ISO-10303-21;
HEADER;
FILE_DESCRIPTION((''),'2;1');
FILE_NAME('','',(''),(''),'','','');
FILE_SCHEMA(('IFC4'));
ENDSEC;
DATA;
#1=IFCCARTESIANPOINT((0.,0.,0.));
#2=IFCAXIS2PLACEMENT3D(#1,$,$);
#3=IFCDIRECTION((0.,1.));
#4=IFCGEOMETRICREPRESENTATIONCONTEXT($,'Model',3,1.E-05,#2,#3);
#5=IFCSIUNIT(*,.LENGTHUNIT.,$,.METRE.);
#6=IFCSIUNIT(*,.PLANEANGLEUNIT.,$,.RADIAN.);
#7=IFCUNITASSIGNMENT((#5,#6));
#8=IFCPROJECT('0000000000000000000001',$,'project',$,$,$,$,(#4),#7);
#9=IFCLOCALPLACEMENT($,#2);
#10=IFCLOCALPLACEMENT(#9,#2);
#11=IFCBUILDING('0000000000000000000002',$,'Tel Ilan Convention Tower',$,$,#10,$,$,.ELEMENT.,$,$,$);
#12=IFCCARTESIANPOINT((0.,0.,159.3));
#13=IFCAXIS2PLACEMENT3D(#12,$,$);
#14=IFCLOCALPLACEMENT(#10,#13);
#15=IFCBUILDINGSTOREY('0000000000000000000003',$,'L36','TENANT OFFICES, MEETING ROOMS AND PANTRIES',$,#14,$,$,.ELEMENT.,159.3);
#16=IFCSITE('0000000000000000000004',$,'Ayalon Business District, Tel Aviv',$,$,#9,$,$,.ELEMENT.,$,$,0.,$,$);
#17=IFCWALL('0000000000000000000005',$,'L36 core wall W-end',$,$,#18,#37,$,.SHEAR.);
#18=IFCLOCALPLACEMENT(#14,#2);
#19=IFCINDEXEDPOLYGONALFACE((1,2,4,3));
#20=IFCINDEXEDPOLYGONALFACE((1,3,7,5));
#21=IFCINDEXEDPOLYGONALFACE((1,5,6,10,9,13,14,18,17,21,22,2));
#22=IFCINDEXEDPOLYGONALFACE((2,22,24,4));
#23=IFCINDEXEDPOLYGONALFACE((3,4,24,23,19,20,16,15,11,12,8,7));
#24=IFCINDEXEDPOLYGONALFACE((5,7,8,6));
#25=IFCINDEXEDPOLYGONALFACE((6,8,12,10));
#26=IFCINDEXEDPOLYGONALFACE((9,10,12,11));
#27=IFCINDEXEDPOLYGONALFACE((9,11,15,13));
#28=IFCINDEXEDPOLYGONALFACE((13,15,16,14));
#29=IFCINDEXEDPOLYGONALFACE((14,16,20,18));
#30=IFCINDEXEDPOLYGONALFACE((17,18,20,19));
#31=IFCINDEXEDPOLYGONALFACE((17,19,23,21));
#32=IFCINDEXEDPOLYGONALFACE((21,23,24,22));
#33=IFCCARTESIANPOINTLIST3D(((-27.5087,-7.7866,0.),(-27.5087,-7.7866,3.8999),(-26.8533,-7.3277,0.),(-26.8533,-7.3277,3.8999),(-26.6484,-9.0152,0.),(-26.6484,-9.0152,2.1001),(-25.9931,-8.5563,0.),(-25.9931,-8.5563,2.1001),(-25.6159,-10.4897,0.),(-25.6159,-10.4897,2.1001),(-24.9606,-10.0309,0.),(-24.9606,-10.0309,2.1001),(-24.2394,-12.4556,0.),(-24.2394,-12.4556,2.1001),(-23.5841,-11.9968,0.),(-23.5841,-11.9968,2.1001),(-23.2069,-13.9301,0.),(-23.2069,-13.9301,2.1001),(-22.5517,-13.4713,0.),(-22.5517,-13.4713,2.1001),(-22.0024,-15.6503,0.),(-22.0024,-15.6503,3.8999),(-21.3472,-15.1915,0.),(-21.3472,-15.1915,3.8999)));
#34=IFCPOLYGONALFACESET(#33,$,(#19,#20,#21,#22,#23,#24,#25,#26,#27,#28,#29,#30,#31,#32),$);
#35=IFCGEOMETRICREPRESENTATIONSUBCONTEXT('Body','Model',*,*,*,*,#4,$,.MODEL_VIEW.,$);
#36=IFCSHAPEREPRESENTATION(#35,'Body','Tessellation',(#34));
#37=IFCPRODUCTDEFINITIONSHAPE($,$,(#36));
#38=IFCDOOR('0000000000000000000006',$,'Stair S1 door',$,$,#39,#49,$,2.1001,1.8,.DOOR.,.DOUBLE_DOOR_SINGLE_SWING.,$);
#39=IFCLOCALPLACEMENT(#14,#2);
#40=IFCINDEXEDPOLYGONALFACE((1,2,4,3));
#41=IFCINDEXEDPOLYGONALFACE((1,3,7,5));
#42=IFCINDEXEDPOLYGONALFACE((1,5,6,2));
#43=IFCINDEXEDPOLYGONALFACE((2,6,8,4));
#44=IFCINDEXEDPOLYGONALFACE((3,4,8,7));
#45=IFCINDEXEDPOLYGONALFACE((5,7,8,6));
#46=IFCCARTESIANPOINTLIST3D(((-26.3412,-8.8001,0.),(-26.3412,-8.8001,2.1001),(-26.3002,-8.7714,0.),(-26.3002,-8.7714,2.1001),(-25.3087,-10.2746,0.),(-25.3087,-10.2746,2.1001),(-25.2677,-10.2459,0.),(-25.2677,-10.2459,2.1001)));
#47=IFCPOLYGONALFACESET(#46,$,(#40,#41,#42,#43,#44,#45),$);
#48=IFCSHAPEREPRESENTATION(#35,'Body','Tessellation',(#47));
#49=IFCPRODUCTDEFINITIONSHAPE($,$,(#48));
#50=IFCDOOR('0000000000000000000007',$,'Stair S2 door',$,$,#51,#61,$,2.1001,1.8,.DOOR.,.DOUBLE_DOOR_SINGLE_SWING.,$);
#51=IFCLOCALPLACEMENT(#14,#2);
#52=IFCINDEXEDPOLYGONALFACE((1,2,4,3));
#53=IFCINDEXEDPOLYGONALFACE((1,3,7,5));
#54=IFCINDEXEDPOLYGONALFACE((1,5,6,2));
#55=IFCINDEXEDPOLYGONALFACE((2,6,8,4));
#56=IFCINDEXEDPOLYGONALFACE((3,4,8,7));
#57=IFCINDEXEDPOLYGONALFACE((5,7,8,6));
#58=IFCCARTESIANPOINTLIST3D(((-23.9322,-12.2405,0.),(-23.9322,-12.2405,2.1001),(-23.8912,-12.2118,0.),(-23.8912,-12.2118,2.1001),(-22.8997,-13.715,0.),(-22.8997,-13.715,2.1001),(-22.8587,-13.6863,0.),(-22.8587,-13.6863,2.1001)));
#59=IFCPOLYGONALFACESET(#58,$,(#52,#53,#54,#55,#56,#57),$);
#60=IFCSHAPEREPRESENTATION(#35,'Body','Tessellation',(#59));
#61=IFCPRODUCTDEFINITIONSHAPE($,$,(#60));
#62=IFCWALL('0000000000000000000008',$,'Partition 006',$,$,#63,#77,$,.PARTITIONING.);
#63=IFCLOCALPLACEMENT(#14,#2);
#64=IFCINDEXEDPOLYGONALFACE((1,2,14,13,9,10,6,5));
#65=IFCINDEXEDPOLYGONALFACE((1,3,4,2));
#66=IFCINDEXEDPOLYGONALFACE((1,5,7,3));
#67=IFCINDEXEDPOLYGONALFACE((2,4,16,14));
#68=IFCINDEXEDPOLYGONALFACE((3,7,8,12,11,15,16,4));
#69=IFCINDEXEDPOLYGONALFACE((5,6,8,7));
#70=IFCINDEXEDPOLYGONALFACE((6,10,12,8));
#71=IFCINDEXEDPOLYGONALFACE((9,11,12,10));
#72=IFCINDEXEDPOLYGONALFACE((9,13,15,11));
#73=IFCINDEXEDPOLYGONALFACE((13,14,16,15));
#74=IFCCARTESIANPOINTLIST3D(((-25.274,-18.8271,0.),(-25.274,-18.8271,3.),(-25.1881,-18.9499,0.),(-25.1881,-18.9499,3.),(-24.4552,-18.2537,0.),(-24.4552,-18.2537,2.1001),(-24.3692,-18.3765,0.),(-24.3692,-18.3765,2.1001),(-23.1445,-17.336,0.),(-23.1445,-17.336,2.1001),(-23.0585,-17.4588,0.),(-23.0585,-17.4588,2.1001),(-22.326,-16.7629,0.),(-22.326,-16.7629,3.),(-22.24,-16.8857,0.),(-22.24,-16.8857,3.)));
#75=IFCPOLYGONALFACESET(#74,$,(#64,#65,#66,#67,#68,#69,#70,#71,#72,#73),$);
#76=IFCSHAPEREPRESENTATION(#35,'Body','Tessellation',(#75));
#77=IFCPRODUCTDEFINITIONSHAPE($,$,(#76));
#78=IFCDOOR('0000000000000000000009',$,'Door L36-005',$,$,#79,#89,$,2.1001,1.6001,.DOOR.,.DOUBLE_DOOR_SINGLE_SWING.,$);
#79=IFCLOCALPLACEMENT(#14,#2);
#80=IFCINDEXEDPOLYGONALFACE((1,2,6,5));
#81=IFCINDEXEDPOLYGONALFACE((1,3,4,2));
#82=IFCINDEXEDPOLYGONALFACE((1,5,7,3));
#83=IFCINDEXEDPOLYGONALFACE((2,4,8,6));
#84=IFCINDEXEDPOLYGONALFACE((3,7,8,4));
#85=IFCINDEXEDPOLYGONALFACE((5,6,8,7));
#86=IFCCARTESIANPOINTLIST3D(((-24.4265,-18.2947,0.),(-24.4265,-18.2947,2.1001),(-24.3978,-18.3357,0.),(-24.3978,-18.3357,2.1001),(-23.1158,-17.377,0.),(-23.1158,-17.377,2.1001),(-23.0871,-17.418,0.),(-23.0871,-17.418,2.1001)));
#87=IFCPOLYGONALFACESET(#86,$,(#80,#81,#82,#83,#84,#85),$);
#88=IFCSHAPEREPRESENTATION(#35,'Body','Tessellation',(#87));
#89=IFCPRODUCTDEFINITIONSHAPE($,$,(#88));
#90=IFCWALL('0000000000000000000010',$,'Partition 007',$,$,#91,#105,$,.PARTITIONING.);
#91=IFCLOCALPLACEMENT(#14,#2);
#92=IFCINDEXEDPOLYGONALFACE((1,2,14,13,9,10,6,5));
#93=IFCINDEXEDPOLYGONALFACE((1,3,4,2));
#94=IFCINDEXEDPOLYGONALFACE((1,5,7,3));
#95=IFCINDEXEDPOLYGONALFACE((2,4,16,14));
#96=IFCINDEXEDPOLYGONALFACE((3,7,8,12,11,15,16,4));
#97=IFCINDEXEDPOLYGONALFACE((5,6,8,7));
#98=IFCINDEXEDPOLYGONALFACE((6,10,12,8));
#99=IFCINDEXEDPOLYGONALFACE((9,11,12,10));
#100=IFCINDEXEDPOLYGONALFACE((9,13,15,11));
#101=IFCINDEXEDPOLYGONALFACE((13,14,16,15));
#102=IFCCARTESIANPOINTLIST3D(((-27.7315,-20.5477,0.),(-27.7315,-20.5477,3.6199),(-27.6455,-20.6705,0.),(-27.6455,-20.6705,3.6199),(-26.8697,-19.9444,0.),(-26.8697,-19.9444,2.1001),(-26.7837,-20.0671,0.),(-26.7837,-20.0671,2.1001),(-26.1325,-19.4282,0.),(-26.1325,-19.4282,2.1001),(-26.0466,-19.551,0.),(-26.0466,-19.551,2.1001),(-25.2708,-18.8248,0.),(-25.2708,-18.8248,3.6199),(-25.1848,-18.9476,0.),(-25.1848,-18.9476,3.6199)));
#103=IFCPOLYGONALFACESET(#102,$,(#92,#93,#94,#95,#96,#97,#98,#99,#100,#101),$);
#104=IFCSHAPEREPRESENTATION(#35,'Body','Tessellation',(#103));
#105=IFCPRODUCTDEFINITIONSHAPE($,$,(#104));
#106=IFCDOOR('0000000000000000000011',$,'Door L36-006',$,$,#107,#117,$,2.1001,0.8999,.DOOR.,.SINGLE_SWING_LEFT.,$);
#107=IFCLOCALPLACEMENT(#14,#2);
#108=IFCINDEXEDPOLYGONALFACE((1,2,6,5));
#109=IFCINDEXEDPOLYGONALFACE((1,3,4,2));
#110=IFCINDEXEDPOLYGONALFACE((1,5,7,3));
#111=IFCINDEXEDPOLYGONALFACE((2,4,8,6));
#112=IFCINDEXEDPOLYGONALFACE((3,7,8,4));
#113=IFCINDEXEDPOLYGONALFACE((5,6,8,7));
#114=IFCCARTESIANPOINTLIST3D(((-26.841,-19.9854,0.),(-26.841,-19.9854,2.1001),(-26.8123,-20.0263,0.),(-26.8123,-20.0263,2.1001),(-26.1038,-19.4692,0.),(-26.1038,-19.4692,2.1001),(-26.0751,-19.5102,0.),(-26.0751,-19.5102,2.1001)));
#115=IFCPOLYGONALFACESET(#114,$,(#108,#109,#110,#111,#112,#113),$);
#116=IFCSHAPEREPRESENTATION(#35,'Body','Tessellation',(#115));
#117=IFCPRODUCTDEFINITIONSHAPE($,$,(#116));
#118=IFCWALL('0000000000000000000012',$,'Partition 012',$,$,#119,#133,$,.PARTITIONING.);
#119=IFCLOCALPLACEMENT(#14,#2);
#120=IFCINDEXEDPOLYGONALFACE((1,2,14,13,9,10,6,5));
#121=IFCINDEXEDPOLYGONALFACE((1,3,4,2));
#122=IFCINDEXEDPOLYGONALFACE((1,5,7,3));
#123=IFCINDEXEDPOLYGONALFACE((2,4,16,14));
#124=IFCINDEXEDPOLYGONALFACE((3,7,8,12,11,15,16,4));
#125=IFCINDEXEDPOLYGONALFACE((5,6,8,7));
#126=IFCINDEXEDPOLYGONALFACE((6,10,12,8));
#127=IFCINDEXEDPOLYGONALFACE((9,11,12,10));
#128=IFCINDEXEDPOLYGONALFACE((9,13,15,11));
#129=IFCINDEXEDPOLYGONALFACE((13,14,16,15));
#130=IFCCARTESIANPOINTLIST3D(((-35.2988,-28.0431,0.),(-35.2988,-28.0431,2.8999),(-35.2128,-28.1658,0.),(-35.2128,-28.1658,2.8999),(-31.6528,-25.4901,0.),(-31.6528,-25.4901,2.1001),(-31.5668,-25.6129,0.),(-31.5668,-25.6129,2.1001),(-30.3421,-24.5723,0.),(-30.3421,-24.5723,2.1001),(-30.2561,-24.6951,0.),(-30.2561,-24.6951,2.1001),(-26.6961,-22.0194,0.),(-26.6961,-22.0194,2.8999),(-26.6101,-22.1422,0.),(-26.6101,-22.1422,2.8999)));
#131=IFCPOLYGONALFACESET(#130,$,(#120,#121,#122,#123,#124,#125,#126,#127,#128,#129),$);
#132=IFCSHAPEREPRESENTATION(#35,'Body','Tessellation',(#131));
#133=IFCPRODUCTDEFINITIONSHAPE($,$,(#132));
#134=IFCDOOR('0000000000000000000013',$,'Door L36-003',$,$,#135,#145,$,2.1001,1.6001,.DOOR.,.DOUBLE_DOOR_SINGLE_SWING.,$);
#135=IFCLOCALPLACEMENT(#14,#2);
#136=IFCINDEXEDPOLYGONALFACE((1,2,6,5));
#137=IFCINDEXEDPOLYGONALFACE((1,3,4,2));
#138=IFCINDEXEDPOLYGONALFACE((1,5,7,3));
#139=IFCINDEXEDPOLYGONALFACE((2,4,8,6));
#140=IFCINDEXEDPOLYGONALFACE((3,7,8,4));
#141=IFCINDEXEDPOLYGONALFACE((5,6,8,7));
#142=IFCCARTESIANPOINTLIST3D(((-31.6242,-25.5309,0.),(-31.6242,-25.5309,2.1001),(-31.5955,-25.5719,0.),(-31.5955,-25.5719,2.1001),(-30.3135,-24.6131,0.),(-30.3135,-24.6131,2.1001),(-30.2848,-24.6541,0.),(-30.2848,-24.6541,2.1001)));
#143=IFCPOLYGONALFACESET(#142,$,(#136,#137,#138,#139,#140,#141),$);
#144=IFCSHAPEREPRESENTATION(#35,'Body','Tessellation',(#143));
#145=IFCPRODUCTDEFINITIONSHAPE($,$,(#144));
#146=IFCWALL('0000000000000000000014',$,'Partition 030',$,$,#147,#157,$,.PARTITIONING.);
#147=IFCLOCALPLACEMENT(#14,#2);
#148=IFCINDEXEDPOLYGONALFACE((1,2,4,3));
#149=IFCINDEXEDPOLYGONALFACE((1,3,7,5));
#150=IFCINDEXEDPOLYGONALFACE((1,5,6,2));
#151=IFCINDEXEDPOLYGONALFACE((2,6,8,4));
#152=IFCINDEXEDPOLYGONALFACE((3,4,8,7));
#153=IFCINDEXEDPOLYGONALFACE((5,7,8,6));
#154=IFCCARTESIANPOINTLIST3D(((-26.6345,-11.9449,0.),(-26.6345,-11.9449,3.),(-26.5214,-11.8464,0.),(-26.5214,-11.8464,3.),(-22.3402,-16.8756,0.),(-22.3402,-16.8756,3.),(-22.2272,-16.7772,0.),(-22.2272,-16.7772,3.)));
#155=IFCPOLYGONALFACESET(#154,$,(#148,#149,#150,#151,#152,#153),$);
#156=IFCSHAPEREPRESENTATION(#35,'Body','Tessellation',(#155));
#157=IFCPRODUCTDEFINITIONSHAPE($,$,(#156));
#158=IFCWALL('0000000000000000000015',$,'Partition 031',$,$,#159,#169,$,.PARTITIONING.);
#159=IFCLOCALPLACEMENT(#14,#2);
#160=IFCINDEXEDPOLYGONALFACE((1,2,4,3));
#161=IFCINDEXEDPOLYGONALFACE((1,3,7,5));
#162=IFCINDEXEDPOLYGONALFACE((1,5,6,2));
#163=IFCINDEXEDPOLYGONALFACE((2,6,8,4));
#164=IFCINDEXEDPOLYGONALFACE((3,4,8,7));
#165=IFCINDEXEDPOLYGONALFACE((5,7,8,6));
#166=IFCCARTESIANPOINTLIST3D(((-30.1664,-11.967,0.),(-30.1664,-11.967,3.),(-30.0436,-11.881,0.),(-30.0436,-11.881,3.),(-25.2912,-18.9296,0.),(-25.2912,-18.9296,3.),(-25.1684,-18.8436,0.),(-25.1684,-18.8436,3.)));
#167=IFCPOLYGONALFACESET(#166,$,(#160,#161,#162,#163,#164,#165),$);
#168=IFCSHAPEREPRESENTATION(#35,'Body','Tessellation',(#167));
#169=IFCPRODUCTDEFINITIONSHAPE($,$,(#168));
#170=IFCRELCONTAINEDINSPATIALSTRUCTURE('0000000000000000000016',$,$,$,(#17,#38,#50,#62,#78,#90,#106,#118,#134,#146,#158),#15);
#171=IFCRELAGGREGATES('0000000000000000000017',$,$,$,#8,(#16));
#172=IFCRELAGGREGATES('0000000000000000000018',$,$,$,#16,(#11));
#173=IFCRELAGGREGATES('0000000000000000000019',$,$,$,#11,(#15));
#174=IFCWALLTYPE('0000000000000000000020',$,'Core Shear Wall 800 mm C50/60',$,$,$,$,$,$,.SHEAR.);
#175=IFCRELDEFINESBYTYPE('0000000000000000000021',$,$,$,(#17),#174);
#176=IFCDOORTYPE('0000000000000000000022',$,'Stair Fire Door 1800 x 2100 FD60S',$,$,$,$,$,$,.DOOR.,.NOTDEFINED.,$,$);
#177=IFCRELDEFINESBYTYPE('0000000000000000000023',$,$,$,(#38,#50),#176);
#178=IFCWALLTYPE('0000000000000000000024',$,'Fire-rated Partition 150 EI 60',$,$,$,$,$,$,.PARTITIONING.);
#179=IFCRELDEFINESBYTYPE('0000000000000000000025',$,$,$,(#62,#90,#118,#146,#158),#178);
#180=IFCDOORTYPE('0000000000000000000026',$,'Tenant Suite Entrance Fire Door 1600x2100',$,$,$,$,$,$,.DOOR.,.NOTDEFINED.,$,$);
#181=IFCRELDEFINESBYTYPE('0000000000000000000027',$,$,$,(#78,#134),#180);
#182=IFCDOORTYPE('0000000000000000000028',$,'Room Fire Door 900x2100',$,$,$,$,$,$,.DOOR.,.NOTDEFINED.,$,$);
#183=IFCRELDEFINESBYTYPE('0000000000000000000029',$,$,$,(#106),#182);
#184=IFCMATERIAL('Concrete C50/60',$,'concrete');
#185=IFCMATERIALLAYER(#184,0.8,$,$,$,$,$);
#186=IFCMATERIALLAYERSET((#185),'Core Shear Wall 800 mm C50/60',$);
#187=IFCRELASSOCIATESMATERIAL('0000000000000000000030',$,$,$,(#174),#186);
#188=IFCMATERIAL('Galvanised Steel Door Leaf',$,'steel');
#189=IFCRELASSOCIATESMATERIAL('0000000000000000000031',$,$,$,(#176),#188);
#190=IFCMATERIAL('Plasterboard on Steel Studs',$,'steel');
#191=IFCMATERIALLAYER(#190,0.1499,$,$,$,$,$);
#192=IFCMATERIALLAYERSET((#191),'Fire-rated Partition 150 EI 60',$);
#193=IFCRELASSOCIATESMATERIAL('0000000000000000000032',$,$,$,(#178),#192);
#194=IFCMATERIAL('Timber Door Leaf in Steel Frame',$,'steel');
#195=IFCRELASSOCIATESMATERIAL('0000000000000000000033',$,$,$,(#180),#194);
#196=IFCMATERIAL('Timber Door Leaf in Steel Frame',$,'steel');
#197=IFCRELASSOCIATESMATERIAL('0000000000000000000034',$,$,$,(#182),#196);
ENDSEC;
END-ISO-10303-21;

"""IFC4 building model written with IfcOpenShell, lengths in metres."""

from ifc_helpers import new_model, si_unit, direction, frame, frame_2d, origin, place, context, subcontext, project, spatial, polyline, rectangle, outline, extrude, material, layer, layer_set, type_object, element, fill, save


model = new_model("IFC4")

# Units and contexts
model_context = context("Model", 3, precision=1e-05, world=origin(), true_north=direction((0.0, 1.0)))
body_context = subcontext(model_context, "Body", "Model", "MODEL_VIEW")
ifc_project = project(units=[si_unit("LENGTHUNIT", "METRE"), si_unit("PLANEANGLEUNIT", "RADIAN")], contexts=[model_context])

# Site, building, storey
site_placement = place(None, origin())
site = spatial("IfcSite", under=ifc_project, at=site_placement, Name="Ayalon Business District, Tel Aviv", CompositionType="ELEMENT", RefElevation=0.0)
building_placement = place(site_placement, origin())
building = spatial("IfcBuilding", under=site, at=building_placement, Name="Tel Ilan Convention Tower", CompositionType="ELEMENT")
storey_placement = place(building_placement, frame((0.0, 0.0, 159.3)))
storey = spatial("IfcBuildingStorey", under=building, at=storey_placement, Name="L36", Description="TENANT OFFICES, MEETING ROOMS AND PANTRIES", CompositionType="ELEMENT", Elevation=159.3)

# Wall, openings, doors
ifc_material_1 = material(Name="Concrete C50/60", Category="concrete")
ifc_layer_1 = layer(ifc_material_1, 0.8)
ifc_layer_set_1 = layer_set([ifc_layer_1], Name="Core Shear Wall 800 mm C50/60")
wall_type_1 = type_object("IfcWallType", Name="Core Shear Wall 800 mm C50/60", PredefinedType="SHEAR", material=ifc_layer_set_1)
wall_1_placement = place(storey_placement, frame((-21.6748, -15.4209, 0.0), z_axis=(0.0, 0.0, 1.0), x_axis=(-0.573582, 0.819148, 0.0)))
wall_1 = element("IfcWall", 1, at=wall_1_placement, inside=storey, type_object=wall_type_1, Name="L36 core wall W-end", PredefinedType="SHEAR", context=body_context, shape_type="SweptSolid", body=[
    extrude(outline(polyline([(0.0, 0.3999), (0.0, -0.3999), (9.5999, -0.4001), (9.5999, 0.3999), (0.0, 0.3999)])), origin(), (0.0, 0.0, 1.0), 3.8999),
])
opening_1_placement = place(wall_1_placement, frame((6.3, 0.0, 0.0)))
opening_1 = element("IfcOpeningElement", 2, at=opening_1_placement, cuts=wall_1, PredefinedType="OPENING", context=body_context, shape_type="SweptSolid", body=[
    extrude(rectangle(XDim=1.8, YDim=2.1001, at=frame_2d((0.8999, 1.05))), frame((0.0, 0.4099, 0.0), z_axis=(0.0, -1.0, 0.0), x_axis=(1.0, 0.0, 0.0)), (0.0, 0.0, 1.0), 0.8201),
])
opening_2_placement = place(wall_1_placement, frame((2.1001, 0.0, 0.0)))
opening_2 = element("IfcOpeningElement", 3, at=opening_2_placement, cuts=wall_1, PredefinedType="OPENING", context=body_context, shape_type="SweptSolid", body=[
    extrude(rectangle(XDim=1.8, YDim=2.1001, at=frame_2d((0.8999, 1.05))), frame((0.0, 0.4099, 0.0), z_axis=(0.0, -1.0, 0.0), x_axis=(1.0, 0.0, 0.0)), (0.0, 0.0, 1.0), 0.8201),
])
ifc_material_2 = material(Name="Galvanised Steel Door Leaf", Category="steel")
door_type_1 = type_object("IfcDoorType", Name="Stair Fire Door 1800 x 2100 FD60S", OperationType="NOTDEFINED", PredefinedType="DOOR", material=ifc_material_2)
door_1_placement = place(opening_1_placement, origin())
door_1 = element("IfcDoor", 4, at=door_1_placement, inside=storey, type_object=door_type_1, Name="Stair S1 door", OperationType="DOUBLE_DOOR_SINGLE_SWING", OverallHeight=2.1001, OverallWidth=1.8, PredefinedType="DOOR", context=body_context, shape_type="SweptSolid", body=[
    extrude(rectangle(XDim=1.8, YDim=2.1001, at=frame_2d((0.8999, 1.05))), frame((0.0, 0.0249, 0.0), z_axis=(0.0, -1.0, 0.0), x_axis=(1.0, 0.0, 0.0)), (0.0, 0.0, 1.0), 0.05),
])
fill(opening_1, door_1)
door_2_placement = place(opening_2_placement, origin())
door_2 = element("IfcDoor", 5, at=door_2_placement, inside=storey, type_object=door_type_1, Name="Stair S2 door", OperationType="DOUBLE_DOOR_SINGLE_SWING", OverallHeight=2.1001, OverallWidth=1.8, PredefinedType="DOOR", context=body_context, shape_type="SweptSolid", body=[
    extrude(rectangle(XDim=1.8, YDim=2.1001, at=frame_2d((0.8999, 1.05))), frame((0.0, 0.0249, 0.0), z_axis=(0.0, -1.0, 0.0), x_axis=(1.0, 0.0, 0.0)), (0.0, 0.0, 1.0), 0.05),
])
fill(opening_2, door_2)

# Walls, openings, doors
ifc_material_3 = material(Name="Plasterboard on Steel Studs", Category="steel")
ifc_layer_2 = layer(ifc_material_3, 0.1499)
ifc_layer_set_2 = layer_set([ifc_layer_2], Name="Fire-rated Partition 150 EI 60")
wall_type_2 = type_object("IfcWallType", Name="Fire-rated Partition 150 EI 60", PredefinedType="PARTITIONING", material=ifc_layer_set_2)
wall_2_placement = place(storey_placement, frame((-25.231, -18.8884, 0.0), z_axis=(0.0, 0.0, 1.0), x_axis=(0.819152, 0.573576, 0.0)))
wall_2 = element("IfcWall", 6, at=wall_2_placement, inside=storey, type_object=wall_type_2, Name="Partition 006", PredefinedType="PARTITIONING", context=body_context, shape_type="SweptSolid", body=[
    extrude(rectangle(XDim=3.5989, YDim=0.1499, at=frame_2d((1.7993, 0.0))), origin(), (0.0, 0.0, 1.0), 3.0),
])
opening_3_placement = place(wall_2_placement, frame((0.9995, 0.0, 0.0)))
opening_3 = element("IfcOpeningElement", 7, at=opening_3_placement, cuts=wall_2, PredefinedType="OPENING", context=body_context, shape_type="SweptSolid", body=[
    extrude(rectangle(XDim=1.6001, YDim=2.1001, at=frame_2d((0.8, 1.05))), frame((0.0, 0.085, 0.0), z_axis=(0.0, -1.0, 0.0), x_axis=(1.0, 0.0, 0.0)), (0.0, 0.0, 1.0), 0.1699),
])
ifc_material_4 = material(Name="Timber Door Leaf in Steel Frame", Category="steel")
door_type_2 = type_object("IfcDoorType", Name="Tenant Suite Entrance Fire Door 1600x2100", OperationType="NOTDEFINED", PredefinedType="DOOR", material=ifc_material_4)
door_3_placement = place(opening_3_placement, origin())
door_3 = element("IfcDoor", 8, at=door_3_placement, inside=storey, type_object=door_type_2, Name="Door L36-005", OperationType="DOUBLE_DOOR_SINGLE_SWING", OverallHeight=2.1001, OverallWidth=1.6001, PredefinedType="DOOR", context=body_context, shape_type="SweptSolid", body=[
    extrude(rectangle(XDim=1.6001, YDim=2.1001, at=frame_2d((0.8, 1.05))), frame((0.0, 0.0249, 0.0), z_axis=(0.0, -1.0, 0.0), x_axis=(1.0, 0.0, 0.0)), (0.0, 0.0, 1.0), 0.05),
])
fill(opening_3, door_3)
wall_3_placement = place(storey_placement, frame((-27.6885, -20.6091, 0.0), z_axis=(0.0, 0.0, 1.0), x_axis=(0.819167, 0.573555, 0.0)))
wall_3 = element("IfcWall", 9, at=wall_3_placement, inside=storey, type_object=wall_type_2, Name="Partition 007", PredefinedType="PARTITIONING", context=body_context, shape_type="SweptSolid", body=[
    extrude(rectangle(XDim=3.0039, YDim=0.1499, at=frame_2d((1.502, 0.0))), origin(), (0.0, 0.0, 1.0), 3.6199),
])
opening_4_placement = place(wall_3_placement, frame((1.052, 0.0, 0.0)))
opening_4 = element("IfcOpeningElement", 10, at=opening_4_placement, cuts=wall_3, PredefinedType="OPENING", context=body_context, shape_type="SweptSolid", body=[
    extrude(rectangle(XDim=0.8999, YDim=2.1001, at=frame_2d((0.45, 1.05))), frame((0.0, 0.085, 0.0), z_axis=(0.0, -1.0, 0.0), x_axis=(1.0, 0.0, 0.0)), (0.0, 0.0, 1.0), 0.1699),
])
ifc_material_5 = material(Name="Timber Door Leaf in Steel Frame", Category="steel")
door_type_3 = type_object("IfcDoorType", Name="Room Fire Door 900x2100", OperationType="NOTDEFINED", PredefinedType="DOOR", material=ifc_material_5)
door_4_placement = place(opening_4_placement, origin())
door_4 = element("IfcDoor", 11, at=door_4_placement, inside=storey, type_object=door_type_3, Name="Door L36-006", OperationType="SINGLE_SWING_LEFT", OverallHeight=2.1001, OverallWidth=0.8999, PredefinedType="DOOR", context=body_context, shape_type="SweptSolid", body=[
    extrude(rectangle(XDim=0.8999, YDim=2.1001, at=frame_2d((0.45, 1.05))), frame((0.0, 0.0249, 0.0), z_axis=(0.0, -1.0, 0.0), x_axis=(1.0, 0.0, 0.0)), (0.0, 0.0, 1.0), 0.05),
])
fill(opening_4, door_4)
wall_4_placement = place(storey_placement, frame((-26.6531, -22.0808, 0.0), z_axis=(0.0, 0.0, 1.0), x_axis=(-0.819154, -0.573573, 0.0)))
wall_4 = element("IfcWall", 12, at=wall_4_placement, inside=storey, type_object=wall_type_2, Name="Partition 012", PredefinedType="PARTITIONING", context=body_context, shape_type="SweptSolid", body=[
    extrude(rectangle(XDim=10.502, YDim=0.1499, at=frame_2d((5.251, 0.0))), origin(), (0.0, 0.0, 1.0), 2.8999),
])
opening_5_placement = place(wall_4_placement, frame((4.4509, 0.0, 0.0)))
opening_5 = element("IfcOpeningElement", 13, at=opening_5_placement, cuts=wall_4, PredefinedType="OPENING", context=body_context, shape_type="SweptSolid", body=[
    extrude(rectangle(XDim=1.6001, YDim=2.1001, at=frame_2d((0.8, 1.05))), frame((0.0, 0.085, 0.0), z_axis=(0.0, -1.0, 0.0), x_axis=(1.0, 0.0, 0.0)), (0.0, 0.0, 1.0), 0.1699),
])
door_5_placement = place(opening_5_placement, origin())
door_5 = element("IfcDoor", 14, at=door_5_placement, inside=storey, type_object=door_type_2, Name="Door L36-003", OperationType="DOUBLE_DOOR_SINGLE_SWING", OverallHeight=2.1001, OverallWidth=1.6001, PredefinedType="DOOR", context=body_context, shape_type="SweptSolid", body=[
    extrude(rectangle(XDim=1.6001, YDim=2.1001, at=frame_2d((0.8, 1.05))), frame((0.0, 0.0249, 0.0), z_axis=(0.0, -1.0, 0.0), x_axis=(1.0, 0.0, 0.0)), (0.0, 0.0, 1.0), 0.05),
])
fill(opening_5, door_5)

# Walls
wall_5_placement = place(storey_placement, frame((-22.2837, -16.8264, 0.0), z_axis=(0.0, 0.0, 1.0), x_axis=(-0.656758, 0.754101, 0.0)))
element("IfcWall", 15, at=wall_5_placement, inside=storey, type_object=wall_type_2, Name="Partition 030", PredefinedType="PARTITIONING", context=body_context, shape_type="SweptSolid", body=[
    extrude(rectangle(XDim=6.5386, YDim=0.1499, at=frame_2d((3.2693, 0.0))), origin(), (0.0, 0.0, 1.0), 3.0),
])
wall_6_placement = place(storey_placement, frame((-25.2297, -18.8867, 0.0), z_axis=(0.0, 0.0, 1.0), x_axis=(-0.573572, 0.819155, 0.0)))
element("IfcWall", 16, at=wall_6_placement, inside=storey, type_object=wall_type_2, Name="Partition 031", PredefinedType="PARTITIONING", context=body_context, shape_type="SweptSolid", body=[
    extrude(rectangle(XDim=8.4998, YDim=0.1499, at=frame_2d((4.25, 0.0))), origin(), (0.0, 0.0, 1.0), 3.0),
])

save(model, "model.ifc")
